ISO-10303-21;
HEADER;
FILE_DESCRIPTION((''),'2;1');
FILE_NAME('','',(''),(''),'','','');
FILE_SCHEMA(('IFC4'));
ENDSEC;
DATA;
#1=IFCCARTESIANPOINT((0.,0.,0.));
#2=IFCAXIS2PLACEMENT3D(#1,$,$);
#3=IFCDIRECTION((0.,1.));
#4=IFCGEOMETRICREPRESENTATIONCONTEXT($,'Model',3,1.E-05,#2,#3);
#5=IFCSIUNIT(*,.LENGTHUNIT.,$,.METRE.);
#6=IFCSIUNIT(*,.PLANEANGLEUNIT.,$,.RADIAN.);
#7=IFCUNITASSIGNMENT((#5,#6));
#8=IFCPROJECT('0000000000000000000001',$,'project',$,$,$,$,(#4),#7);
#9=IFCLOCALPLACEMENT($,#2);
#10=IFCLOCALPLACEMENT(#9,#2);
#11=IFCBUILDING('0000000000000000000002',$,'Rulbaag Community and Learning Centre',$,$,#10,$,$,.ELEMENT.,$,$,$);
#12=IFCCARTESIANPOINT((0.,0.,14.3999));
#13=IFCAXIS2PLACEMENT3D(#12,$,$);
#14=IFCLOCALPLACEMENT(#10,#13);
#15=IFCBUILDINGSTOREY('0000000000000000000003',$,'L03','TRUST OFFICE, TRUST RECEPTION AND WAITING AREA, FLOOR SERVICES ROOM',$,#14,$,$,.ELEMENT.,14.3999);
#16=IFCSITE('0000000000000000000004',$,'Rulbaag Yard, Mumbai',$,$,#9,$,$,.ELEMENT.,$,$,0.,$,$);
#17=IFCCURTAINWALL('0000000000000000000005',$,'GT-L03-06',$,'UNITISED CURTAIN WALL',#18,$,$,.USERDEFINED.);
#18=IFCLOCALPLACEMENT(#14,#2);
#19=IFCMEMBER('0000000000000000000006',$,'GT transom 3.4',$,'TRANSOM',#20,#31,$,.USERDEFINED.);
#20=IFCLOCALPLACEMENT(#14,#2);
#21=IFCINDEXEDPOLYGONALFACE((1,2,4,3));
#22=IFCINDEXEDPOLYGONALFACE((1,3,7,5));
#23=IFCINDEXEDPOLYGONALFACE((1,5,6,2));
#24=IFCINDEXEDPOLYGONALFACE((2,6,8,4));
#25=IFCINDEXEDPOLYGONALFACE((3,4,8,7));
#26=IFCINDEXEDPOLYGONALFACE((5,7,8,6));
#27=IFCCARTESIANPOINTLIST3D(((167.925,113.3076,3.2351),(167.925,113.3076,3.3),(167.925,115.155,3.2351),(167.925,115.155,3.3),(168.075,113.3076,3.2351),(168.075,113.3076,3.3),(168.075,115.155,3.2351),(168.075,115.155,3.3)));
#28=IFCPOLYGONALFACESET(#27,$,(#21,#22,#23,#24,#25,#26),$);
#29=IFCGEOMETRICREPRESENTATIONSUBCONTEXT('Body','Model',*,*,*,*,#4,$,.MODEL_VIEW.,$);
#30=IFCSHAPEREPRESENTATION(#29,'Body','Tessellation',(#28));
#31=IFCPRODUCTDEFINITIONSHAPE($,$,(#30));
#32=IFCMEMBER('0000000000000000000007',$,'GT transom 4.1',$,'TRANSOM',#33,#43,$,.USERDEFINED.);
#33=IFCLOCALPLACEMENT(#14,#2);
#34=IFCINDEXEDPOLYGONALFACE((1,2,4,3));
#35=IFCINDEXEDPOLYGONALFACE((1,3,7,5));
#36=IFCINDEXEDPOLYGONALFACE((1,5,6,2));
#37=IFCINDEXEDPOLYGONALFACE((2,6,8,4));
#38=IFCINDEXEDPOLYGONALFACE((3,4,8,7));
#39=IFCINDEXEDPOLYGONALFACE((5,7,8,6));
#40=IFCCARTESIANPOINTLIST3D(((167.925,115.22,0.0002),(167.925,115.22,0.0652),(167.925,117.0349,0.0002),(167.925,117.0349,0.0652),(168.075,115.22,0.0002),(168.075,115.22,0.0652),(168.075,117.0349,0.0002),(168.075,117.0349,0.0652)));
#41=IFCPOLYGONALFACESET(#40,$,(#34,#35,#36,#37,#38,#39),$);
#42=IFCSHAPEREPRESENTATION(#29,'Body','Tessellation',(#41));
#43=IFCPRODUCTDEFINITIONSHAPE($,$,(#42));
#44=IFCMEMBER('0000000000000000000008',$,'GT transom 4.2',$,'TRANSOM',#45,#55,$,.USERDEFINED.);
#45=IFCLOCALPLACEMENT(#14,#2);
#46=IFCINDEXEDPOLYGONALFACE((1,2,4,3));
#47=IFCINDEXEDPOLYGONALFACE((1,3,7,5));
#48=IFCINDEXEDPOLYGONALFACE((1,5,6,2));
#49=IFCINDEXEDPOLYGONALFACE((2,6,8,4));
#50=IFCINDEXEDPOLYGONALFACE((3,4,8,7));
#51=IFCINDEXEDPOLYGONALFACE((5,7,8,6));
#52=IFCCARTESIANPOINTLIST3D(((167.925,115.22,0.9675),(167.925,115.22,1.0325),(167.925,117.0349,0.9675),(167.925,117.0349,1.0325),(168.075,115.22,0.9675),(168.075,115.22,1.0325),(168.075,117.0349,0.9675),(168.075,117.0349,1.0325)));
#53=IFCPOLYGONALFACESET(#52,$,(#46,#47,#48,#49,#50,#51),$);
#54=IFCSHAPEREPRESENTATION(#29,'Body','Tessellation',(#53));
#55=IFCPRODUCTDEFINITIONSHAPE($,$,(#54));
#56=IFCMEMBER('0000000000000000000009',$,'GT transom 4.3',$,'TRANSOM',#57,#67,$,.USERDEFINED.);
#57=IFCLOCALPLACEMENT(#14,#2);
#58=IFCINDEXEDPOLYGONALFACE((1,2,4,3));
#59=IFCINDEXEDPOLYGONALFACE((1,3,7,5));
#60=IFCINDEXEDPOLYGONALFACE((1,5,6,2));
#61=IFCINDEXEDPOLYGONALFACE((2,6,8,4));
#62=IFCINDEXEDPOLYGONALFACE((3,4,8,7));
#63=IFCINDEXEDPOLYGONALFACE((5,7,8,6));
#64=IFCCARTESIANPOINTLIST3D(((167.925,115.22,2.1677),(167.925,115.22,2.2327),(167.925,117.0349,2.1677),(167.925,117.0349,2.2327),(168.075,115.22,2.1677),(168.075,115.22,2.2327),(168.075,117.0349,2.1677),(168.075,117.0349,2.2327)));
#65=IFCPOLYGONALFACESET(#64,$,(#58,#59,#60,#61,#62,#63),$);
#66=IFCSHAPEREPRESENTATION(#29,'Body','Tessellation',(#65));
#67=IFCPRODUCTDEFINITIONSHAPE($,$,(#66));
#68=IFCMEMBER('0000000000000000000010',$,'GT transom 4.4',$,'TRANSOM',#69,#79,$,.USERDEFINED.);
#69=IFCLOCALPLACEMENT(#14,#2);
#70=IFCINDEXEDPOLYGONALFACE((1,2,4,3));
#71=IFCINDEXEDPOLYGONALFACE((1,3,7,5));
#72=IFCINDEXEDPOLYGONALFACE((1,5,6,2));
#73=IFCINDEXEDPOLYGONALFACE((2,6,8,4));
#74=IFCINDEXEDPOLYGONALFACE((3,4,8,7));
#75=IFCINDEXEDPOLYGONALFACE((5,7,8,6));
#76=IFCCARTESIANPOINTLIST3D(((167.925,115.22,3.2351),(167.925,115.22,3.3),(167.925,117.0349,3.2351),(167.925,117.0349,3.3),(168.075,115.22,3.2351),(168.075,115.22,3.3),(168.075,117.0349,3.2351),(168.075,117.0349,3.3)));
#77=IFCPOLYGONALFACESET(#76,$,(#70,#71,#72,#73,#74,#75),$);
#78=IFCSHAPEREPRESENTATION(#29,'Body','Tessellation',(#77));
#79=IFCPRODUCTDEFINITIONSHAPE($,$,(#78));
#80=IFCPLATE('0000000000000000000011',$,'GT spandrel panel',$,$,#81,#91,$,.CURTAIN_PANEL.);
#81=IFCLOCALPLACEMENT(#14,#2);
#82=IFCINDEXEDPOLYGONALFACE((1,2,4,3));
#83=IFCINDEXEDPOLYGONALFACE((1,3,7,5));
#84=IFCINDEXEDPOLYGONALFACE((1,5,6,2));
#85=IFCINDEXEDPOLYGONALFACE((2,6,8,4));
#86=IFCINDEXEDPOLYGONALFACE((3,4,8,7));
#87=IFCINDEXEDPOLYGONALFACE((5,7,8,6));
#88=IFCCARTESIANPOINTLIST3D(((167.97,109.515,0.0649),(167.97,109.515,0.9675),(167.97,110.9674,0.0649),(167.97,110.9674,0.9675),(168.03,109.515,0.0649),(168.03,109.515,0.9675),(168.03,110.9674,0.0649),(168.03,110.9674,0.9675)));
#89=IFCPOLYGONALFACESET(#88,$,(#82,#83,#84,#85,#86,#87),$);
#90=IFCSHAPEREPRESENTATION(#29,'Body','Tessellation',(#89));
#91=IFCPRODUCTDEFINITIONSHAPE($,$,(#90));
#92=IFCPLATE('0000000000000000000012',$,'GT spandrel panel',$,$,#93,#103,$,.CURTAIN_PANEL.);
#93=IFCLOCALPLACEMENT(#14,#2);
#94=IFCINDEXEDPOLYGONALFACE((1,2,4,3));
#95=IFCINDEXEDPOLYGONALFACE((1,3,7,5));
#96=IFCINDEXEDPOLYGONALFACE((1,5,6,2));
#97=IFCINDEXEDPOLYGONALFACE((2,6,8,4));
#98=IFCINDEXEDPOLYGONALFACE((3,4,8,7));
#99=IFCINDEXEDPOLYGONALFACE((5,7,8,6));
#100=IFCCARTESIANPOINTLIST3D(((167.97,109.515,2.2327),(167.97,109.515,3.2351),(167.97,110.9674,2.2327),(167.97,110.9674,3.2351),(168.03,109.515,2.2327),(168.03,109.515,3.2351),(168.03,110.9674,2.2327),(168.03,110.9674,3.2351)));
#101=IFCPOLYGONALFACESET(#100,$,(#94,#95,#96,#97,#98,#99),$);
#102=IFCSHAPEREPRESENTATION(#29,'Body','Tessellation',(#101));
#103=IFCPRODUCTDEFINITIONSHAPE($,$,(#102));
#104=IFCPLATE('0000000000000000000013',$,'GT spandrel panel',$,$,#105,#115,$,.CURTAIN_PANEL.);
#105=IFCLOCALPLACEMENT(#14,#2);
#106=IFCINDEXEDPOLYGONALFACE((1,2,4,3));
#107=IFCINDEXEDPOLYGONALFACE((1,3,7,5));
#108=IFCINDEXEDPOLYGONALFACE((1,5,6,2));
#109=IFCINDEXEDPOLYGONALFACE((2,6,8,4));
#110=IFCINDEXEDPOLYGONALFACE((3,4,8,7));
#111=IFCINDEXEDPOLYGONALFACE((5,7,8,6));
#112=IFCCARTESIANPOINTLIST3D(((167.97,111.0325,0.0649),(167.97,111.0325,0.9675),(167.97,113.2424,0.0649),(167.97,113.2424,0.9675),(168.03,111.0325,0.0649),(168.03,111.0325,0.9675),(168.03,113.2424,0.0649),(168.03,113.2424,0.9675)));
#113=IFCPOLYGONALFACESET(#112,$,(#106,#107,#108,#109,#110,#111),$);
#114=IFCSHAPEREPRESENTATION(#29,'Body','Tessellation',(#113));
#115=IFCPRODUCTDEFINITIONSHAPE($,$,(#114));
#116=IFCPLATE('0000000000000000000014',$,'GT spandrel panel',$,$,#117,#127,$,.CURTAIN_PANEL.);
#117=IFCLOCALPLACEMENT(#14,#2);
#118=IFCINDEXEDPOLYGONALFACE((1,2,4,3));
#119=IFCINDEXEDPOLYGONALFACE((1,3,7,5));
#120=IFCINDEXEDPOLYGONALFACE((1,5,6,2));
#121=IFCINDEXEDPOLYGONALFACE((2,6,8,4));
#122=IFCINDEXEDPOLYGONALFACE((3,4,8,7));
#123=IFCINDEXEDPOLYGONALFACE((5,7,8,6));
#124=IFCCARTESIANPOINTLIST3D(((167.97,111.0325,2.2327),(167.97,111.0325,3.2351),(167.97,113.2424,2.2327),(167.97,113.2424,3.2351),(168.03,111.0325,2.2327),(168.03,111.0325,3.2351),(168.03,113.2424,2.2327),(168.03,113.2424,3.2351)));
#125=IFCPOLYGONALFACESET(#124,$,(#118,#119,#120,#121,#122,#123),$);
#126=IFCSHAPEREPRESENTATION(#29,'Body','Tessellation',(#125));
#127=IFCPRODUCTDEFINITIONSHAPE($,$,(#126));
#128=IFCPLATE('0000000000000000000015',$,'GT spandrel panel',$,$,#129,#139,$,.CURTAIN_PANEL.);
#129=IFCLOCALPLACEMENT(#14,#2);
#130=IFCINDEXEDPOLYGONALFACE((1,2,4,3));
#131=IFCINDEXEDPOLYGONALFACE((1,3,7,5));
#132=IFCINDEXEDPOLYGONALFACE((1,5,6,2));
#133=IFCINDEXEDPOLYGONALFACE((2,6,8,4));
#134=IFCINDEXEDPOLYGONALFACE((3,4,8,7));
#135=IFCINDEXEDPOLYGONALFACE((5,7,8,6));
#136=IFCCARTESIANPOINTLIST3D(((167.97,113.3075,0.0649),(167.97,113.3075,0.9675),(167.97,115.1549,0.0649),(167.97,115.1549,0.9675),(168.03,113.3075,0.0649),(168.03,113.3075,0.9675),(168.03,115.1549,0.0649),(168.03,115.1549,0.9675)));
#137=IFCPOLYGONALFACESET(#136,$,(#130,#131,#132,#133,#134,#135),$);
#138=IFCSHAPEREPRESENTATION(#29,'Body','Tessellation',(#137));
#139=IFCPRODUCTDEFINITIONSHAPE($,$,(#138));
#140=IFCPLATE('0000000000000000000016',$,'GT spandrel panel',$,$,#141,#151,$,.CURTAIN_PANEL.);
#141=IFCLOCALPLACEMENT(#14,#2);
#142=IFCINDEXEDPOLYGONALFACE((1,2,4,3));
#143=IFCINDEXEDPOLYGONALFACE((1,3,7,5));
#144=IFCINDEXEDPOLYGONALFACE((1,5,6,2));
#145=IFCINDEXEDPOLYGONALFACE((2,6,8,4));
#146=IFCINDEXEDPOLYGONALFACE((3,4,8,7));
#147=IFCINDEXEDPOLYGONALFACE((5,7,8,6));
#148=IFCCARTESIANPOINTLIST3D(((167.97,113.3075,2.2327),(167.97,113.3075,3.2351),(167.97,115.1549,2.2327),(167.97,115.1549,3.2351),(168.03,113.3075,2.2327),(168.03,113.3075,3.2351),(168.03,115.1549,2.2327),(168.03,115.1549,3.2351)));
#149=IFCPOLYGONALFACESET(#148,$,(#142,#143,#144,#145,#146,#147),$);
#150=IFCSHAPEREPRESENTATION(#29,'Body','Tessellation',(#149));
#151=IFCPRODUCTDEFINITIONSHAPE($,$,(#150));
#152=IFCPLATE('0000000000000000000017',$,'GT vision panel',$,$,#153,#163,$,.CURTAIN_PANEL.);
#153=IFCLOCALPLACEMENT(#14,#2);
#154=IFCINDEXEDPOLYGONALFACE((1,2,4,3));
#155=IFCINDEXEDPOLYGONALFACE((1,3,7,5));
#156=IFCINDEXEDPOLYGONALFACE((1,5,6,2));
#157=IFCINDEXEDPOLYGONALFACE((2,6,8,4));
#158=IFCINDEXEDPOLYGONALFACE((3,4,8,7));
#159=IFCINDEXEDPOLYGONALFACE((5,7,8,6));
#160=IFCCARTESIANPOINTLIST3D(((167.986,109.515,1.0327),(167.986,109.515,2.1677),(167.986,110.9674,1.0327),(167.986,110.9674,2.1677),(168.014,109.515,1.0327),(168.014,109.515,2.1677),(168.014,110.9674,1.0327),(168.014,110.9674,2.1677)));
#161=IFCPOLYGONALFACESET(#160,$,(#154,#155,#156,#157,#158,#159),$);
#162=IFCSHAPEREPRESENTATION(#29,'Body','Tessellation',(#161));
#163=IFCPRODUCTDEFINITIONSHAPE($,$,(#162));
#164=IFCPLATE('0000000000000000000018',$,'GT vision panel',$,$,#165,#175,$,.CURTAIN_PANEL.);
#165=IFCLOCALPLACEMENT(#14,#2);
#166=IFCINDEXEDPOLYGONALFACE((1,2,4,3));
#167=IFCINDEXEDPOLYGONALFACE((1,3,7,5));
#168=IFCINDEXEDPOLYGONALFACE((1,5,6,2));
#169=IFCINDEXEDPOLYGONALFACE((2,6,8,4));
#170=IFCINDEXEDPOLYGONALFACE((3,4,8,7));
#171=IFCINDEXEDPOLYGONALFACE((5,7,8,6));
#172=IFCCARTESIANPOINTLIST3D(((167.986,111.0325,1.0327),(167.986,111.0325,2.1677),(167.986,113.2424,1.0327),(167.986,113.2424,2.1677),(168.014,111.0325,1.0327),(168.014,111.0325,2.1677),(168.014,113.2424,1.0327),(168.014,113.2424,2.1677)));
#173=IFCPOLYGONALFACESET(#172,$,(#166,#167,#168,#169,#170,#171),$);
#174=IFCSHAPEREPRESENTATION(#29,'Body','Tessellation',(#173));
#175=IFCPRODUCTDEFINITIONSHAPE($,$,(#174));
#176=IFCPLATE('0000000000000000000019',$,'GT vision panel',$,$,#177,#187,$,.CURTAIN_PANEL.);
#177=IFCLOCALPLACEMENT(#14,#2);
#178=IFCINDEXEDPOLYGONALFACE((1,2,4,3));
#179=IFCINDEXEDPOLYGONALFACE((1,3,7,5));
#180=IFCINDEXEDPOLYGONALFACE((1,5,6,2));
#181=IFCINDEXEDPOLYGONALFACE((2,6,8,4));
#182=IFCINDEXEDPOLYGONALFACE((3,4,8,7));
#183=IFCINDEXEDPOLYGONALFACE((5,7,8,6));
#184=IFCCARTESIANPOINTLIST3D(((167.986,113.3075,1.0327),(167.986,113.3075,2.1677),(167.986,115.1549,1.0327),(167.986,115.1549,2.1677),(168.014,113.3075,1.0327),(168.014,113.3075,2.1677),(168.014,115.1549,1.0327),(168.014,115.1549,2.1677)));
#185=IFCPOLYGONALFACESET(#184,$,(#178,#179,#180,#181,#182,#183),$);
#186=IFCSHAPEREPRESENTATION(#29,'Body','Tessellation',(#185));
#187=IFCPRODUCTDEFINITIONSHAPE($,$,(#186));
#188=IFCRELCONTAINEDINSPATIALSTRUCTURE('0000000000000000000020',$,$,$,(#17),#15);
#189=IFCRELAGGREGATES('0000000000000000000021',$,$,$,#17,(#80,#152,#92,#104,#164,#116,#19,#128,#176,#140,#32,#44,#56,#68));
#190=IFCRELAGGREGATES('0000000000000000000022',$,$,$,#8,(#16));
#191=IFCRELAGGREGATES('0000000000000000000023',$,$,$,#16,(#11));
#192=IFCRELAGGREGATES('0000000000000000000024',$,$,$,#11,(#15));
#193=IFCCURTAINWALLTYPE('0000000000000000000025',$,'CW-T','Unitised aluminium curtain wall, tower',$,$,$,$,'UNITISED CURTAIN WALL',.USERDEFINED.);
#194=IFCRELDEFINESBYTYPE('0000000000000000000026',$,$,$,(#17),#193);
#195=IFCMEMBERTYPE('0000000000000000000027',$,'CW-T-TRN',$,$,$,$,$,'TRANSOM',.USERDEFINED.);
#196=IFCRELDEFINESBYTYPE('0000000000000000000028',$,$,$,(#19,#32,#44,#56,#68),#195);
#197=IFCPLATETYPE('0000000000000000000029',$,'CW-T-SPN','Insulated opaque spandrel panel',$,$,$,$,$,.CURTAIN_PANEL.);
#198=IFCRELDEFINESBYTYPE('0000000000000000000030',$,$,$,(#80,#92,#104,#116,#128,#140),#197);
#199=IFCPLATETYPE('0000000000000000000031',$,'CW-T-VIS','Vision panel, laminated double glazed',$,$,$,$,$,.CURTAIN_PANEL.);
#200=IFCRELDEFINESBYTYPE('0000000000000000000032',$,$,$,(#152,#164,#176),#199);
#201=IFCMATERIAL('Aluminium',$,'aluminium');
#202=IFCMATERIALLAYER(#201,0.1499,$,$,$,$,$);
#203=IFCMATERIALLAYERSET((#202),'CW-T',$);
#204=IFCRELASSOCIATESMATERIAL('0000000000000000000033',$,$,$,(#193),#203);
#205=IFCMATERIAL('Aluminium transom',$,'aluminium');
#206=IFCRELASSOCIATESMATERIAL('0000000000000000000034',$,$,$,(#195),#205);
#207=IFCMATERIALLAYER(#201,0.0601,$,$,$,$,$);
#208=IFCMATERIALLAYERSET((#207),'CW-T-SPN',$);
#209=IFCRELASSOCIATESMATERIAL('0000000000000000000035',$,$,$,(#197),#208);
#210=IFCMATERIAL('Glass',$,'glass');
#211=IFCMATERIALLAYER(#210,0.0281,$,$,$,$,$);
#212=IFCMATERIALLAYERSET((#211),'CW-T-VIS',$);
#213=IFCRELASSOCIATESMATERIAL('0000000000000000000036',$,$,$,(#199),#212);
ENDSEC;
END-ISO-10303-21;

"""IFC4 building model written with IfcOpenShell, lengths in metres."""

from ifc_helpers import new_model, si_unit, direction, frame, origin, origin_2d, place, context, subcontext, project, spatial, rectangle, extrude, material, layer, layer_set, material_profile, profile_set, type_object, element, aggregate, save


model = new_model("IFC4")

# Units and contexts
model_context = context("Model", 3, precision=1e-05, world=origin(), true_north=direction((0.0, 1.0)))
body_context = subcontext(model_context, "Body", "Model", "MODEL_VIEW")
ifc_project = project(units=[si_unit("LENGTHUNIT", "METRE"), si_unit("PLANEANGLEUNIT", "RADIAN")], contexts=[model_context])

# Site, building, storey
site_placement = place(None, origin())
site = spatial("IfcSite", under=ifc_project, at=site_placement, Name="Rulbaag Yard, Mumbai", CompositionType="ELEMENT", RefElevation=0.0)
building_placement = place(site_placement, origin())
building = spatial("IfcBuilding", under=site, at=building_placement, Name="Rulbaag Community and Learning Centre", CompositionType="ELEMENT")
storey_placement = place(building_placement, frame((0.0, 0.0, 14.3999)))
storey = spatial("IfcBuildingStorey", under=building, at=storey_placement, Name="L03", Description="TRUST OFFICE, TRUST RECEPTION AND WAITING AREA, FLOOR SERVICES ROOM", CompositionType="ELEMENT", Elevation=14.3999)

# Curtain wall, members, plates
ifc_material_1 = material(Name="Aluminium", Category="aluminium")
ifc_layer_1 = layer(ifc_material_1, 0.1499)
ifc_layer_set_1 = layer_set([ifc_layer_1], Name="CW-T")
curtain_wall_type = type_object("IfcCurtainWallType", Name="CW-T", Description="Unitised aluminium curtain wall, tower", ElementType="UNITISED CURTAIN WALL", PredefinedType="USERDEFINED", material=ifc_layer_set_1)
curtain_wall_placement = place(storey_placement, origin())
curtain_wall = element("IfcCurtainWall", 1, at=curtain_wall_placement, inside=storey, type_object=curtain_wall_type, Name="GT-L03-06", ObjectType="UNITISED CURTAIN WALL", PredefinedType="USERDEFINED")
ifc_material_2 = material(Name="Aluminium transom", Category="aluminium")
ifc_material_profile_1 = material_profile(ifc_material_2, rectangle(XDim=0.1499, YDim=0.0649, at=origin_2d()), Name="AL 65x150 T")
ifc_profile_set_1 = profile_set([ifc_material_profile_1], Name="Aluminium transom")
member_type_1 = type_object("IfcMemberType", Name="CW-T-TRN", ElementType="TRANSOM", PredefinedType="USERDEFINED", material=ifc_profile_set_1)
member_1_placement = place(storey_placement, frame((168.0, 113.3076, 3.2676), z_axis=(0.0, 1.0, 0.0), x_axis=(-1.0, 0.0, 0.0)))
member_1 = element("IfcMember", 2, at=member_1_placement, type_object=member_type_1, Name="GT transom 3.4", ObjectType="TRANSOM", PredefinedType="USERDEFINED", context=body_context, shape_type="SweptSolid", body=[
    extrude(rectangle(XDim=0.1499, YDim=0.0649, at=origin_2d()), origin(), (0.0, 0.0, 1.0), 1.8474),
])
member_2_placement = place(storey_placement, frame((168.0, 115.22, 0.0327), z_axis=(0.0, 1.0, 0.0), x_axis=(-1.0, 0.0, 0.0)))
member_2 = element("IfcMember", 3, at=member_2_placement, type_object=member_type_1, Name="GT transom 4.1", ObjectType="TRANSOM", PredefinedType="USERDEFINED", context=body_context, shape_type="SweptSolid", body=[
    extrude(rectangle(XDim=0.1499, YDim=0.0649, at=origin_2d()), origin(), (0.0, 0.0, 1.0), 1.8149),
])
member_3_placement = place(storey_placement, frame((168.0, 115.22, 1.0), z_axis=(0.0, 1.0, 0.0), x_axis=(-1.0, 0.0, 0.0)))
member_3 = element("IfcMember", 4, at=member_3_placement, type_object=member_type_1, Name="GT transom 4.2", ObjectType="TRANSOM", PredefinedType="USERDEFINED", context=body_context, shape_type="SweptSolid", body=[
    extrude(rectangle(XDim=0.1499, YDim=0.0649, at=origin_2d()), origin(), (0.0, 0.0, 1.0), 1.8149),
])
member_4_placement = place(storey_placement, frame((168.0, 115.22, 2.2002), z_axis=(0.0, 1.0, 0.0), x_axis=(-1.0, 0.0, 0.0)))
member_4 = element("IfcMember", 5, at=member_4_placement, type_object=member_type_1, Name="GT transom 4.3", ObjectType="TRANSOM", PredefinedType="USERDEFINED", context=body_context, shape_type="SweptSolid", body=[
    extrude(rectangle(XDim=0.1499, YDim=0.0649, at=origin_2d()), origin(), (0.0, 0.0, 1.0), 1.8149),
])
member_5_placement = place(storey_placement, frame((168.0, 115.22, 3.2676), z_axis=(0.0, 1.0, 0.0), x_axis=(-1.0, 0.0, 0.0)))
member_5 = element("IfcMember", 6, at=member_5_placement, type_object=member_type_1, Name="GT transom 4.4", ObjectType="TRANSOM", PredefinedType="USERDEFINED", context=body_context, shape_type="SweptSolid", body=[
    extrude(rectangle(XDim=0.1499, YDim=0.0649, at=origin_2d()), origin(), (0.0, 0.0, 1.0), 1.8149),
])
ifc_layer_2 = layer(ifc_material_1, 0.0601)
ifc_layer_set_2 = layer_set([ifc_layer_2], Name="CW-T-SPN")
plate_type_1 = type_object("IfcPlateType", Name="CW-T-SPN", Description="Insulated opaque spandrel panel", PredefinedType="CURTAIN_PANEL", material=ifc_layer_set_2)
plate_1_placement = place(storey_placement, frame((168.0, 110.2412, 0.0649), z_axis=(0.0, 0.0, 1.0), x_axis=(0.0, 1.0, 0.0)))
plate_1 = element("IfcPlate", 7, at=plate_1_placement, type_object=plate_type_1, Name="GT spandrel panel", PredefinedType="CURTAIN_PANEL", context=body_context, shape_type="SweptSolid", body=[
    extrude(rectangle(XDim=1.4524, YDim=0.0601, at=origin_2d()), origin(), (0.0, 0.0, 1.0), 0.9026),
])
plate_2_placement = place(storey_placement, frame((168.0, 110.2412, 2.2327), z_axis=(0.0, 0.0, 1.0), x_axis=(0.0, 1.0, 0.0)))
plate_2 = element("IfcPlate", 8, at=plate_2_placement, type_object=plate_type_1, Name="GT spandrel panel", PredefinedType="CURTAIN_PANEL", context=body_context, shape_type="SweptSolid", body=[
    extrude(rectangle(XDim=1.4524, YDim=0.0601, at=origin_2d()), origin(), (0.0, 0.0, 1.0), 1.0024),
])
plate_3_placement = place(storey_placement, frame((168.0, 112.1375, 0.0649), z_axis=(0.0, 0.0, 1.0), x_axis=(0.0, 1.0, 0.0)))
plate_3 = element("IfcPlate", 9, at=plate_3_placement, type_object=plate_type_1, Name="GT spandrel panel", PredefinedType="CURTAIN_PANEL", context=body_context, shape_type="SweptSolid", body=[
    extrude(rectangle(XDim=2.21, YDim=0.0601, at=origin_2d()), origin(), (0.0, 0.0, 1.0), 0.9026),
])
plate_4_placement = place(storey_placement, frame((168.0, 112.1375, 2.2327), z_axis=(0.0, 0.0, 1.0), x_axis=(0.0, 1.0, 0.0)))
plate_4 = element("IfcPlate", 10, at=plate_4_placement, type_object=plate_type_1, Name="GT spandrel panel", PredefinedType="CURTAIN_PANEL", context=body_context, shape_type="SweptSolid", body=[
    extrude(rectangle(XDim=2.21, YDim=0.0601, at=origin_2d()), origin(), (0.0, 0.0, 1.0), 1.0024),
])
plate_5_placement = place(storey_placement, frame((168.0, 114.2312, 0.0649), z_axis=(0.0, 0.0, 1.0), x_axis=(0.0, 1.0, 0.0)))
plate_5 = element("IfcPlate", 11, at=plate_5_placement, type_object=plate_type_1, Name="GT spandrel panel", PredefinedType="CURTAIN_PANEL", context=body_context, shape_type="SweptSolid", body=[
    extrude(rectangle(XDim=1.8474, YDim=0.0601, at=origin_2d()), origin(), (0.0, 0.0, 1.0), 0.9026),
])
plate_6_placement = place(storey_placement, frame((168.0, 114.2312, 2.2327), z_axis=(0.0, 0.0, 1.0), x_axis=(0.0, 1.0, 0.0)))
plate_6 = element("IfcPlate", 12, at=plate_6_placement, type_object=plate_type_1, Name="GT spandrel panel", PredefinedType="CURTAIN_PANEL", context=body_context, shape_type="SweptSolid", body=[
    extrude(rectangle(XDim=1.8474, YDim=0.0601, at=origin_2d()), origin(), (0.0, 0.0, 1.0), 1.0024),
])
ifc_material_3 = material(Name="Glass", Category="glass")
ifc_layer_3 = layer(ifc_material_3, 0.0281)
ifc_layer_set_3 = layer_set([ifc_layer_3], Name="CW-T-VIS")
plate_type_2 = type_object("IfcPlateType", Name="CW-T-VIS", Description="Vision panel, laminated double glazed", PredefinedType="CURTAIN_PANEL", material=ifc_layer_set_3)
plate_7_placement = place(storey_placement, frame((168.0, 110.2412, 1.0327), z_axis=(0.0, 0.0, 1.0), x_axis=(0.0, 1.0, 0.0)))
plate_7 = element("IfcPlate", 13, at=plate_7_placement, type_object=plate_type_2, Name="GT vision panel", PredefinedType="CURTAIN_PANEL", context=body_context, shape_type="SweptSolid", body=[
    extrude(rectangle(XDim=1.4524, YDim=0.0281, at=origin_2d()), origin(), (0.0, 0.0, 1.0), 1.135),
])
plate_8_placement = place(storey_placement, frame((168.0, 112.1375, 1.0327), z_axis=(0.0, 0.0, 1.0), x_axis=(0.0, 1.0, 0.0)))
plate_8 = element("IfcPlate", 14, at=plate_8_placement, type_object=plate_type_2, Name="GT vision panel", PredefinedType="CURTAIN_PANEL", context=body_context, shape_type="SweptSolid", body=[
    extrude(rectangle(XDim=2.21, YDim=0.0281, at=origin_2d()), origin(), (0.0, 0.0, 1.0), 1.135),
])
plate_9_placement = place(storey_placement, frame((168.0, 114.2312, 1.0327), z_axis=(0.0, 0.0, 1.0), x_axis=(0.0, 1.0, 0.0)))
plate_9 = element("IfcPlate", 15, at=plate_9_placement, type_object=plate_type_2, Name="GT vision panel", PredefinedType="CURTAIN_PANEL", context=body_context, shape_type="SweptSolid", body=[
    extrude(rectangle(XDim=1.8474, YDim=0.0281, at=origin_2d()), origin(), (0.0, 0.0, 1.0), 1.135),
])
aggregate(curtain_wall, [plate_1, plate_7, plate_2, plate_3, plate_8, plate_4, member_1, plate_5, plate_9, plate_6, member_2, member_3, member_4, member_5])

save(model, "model.ifc")
